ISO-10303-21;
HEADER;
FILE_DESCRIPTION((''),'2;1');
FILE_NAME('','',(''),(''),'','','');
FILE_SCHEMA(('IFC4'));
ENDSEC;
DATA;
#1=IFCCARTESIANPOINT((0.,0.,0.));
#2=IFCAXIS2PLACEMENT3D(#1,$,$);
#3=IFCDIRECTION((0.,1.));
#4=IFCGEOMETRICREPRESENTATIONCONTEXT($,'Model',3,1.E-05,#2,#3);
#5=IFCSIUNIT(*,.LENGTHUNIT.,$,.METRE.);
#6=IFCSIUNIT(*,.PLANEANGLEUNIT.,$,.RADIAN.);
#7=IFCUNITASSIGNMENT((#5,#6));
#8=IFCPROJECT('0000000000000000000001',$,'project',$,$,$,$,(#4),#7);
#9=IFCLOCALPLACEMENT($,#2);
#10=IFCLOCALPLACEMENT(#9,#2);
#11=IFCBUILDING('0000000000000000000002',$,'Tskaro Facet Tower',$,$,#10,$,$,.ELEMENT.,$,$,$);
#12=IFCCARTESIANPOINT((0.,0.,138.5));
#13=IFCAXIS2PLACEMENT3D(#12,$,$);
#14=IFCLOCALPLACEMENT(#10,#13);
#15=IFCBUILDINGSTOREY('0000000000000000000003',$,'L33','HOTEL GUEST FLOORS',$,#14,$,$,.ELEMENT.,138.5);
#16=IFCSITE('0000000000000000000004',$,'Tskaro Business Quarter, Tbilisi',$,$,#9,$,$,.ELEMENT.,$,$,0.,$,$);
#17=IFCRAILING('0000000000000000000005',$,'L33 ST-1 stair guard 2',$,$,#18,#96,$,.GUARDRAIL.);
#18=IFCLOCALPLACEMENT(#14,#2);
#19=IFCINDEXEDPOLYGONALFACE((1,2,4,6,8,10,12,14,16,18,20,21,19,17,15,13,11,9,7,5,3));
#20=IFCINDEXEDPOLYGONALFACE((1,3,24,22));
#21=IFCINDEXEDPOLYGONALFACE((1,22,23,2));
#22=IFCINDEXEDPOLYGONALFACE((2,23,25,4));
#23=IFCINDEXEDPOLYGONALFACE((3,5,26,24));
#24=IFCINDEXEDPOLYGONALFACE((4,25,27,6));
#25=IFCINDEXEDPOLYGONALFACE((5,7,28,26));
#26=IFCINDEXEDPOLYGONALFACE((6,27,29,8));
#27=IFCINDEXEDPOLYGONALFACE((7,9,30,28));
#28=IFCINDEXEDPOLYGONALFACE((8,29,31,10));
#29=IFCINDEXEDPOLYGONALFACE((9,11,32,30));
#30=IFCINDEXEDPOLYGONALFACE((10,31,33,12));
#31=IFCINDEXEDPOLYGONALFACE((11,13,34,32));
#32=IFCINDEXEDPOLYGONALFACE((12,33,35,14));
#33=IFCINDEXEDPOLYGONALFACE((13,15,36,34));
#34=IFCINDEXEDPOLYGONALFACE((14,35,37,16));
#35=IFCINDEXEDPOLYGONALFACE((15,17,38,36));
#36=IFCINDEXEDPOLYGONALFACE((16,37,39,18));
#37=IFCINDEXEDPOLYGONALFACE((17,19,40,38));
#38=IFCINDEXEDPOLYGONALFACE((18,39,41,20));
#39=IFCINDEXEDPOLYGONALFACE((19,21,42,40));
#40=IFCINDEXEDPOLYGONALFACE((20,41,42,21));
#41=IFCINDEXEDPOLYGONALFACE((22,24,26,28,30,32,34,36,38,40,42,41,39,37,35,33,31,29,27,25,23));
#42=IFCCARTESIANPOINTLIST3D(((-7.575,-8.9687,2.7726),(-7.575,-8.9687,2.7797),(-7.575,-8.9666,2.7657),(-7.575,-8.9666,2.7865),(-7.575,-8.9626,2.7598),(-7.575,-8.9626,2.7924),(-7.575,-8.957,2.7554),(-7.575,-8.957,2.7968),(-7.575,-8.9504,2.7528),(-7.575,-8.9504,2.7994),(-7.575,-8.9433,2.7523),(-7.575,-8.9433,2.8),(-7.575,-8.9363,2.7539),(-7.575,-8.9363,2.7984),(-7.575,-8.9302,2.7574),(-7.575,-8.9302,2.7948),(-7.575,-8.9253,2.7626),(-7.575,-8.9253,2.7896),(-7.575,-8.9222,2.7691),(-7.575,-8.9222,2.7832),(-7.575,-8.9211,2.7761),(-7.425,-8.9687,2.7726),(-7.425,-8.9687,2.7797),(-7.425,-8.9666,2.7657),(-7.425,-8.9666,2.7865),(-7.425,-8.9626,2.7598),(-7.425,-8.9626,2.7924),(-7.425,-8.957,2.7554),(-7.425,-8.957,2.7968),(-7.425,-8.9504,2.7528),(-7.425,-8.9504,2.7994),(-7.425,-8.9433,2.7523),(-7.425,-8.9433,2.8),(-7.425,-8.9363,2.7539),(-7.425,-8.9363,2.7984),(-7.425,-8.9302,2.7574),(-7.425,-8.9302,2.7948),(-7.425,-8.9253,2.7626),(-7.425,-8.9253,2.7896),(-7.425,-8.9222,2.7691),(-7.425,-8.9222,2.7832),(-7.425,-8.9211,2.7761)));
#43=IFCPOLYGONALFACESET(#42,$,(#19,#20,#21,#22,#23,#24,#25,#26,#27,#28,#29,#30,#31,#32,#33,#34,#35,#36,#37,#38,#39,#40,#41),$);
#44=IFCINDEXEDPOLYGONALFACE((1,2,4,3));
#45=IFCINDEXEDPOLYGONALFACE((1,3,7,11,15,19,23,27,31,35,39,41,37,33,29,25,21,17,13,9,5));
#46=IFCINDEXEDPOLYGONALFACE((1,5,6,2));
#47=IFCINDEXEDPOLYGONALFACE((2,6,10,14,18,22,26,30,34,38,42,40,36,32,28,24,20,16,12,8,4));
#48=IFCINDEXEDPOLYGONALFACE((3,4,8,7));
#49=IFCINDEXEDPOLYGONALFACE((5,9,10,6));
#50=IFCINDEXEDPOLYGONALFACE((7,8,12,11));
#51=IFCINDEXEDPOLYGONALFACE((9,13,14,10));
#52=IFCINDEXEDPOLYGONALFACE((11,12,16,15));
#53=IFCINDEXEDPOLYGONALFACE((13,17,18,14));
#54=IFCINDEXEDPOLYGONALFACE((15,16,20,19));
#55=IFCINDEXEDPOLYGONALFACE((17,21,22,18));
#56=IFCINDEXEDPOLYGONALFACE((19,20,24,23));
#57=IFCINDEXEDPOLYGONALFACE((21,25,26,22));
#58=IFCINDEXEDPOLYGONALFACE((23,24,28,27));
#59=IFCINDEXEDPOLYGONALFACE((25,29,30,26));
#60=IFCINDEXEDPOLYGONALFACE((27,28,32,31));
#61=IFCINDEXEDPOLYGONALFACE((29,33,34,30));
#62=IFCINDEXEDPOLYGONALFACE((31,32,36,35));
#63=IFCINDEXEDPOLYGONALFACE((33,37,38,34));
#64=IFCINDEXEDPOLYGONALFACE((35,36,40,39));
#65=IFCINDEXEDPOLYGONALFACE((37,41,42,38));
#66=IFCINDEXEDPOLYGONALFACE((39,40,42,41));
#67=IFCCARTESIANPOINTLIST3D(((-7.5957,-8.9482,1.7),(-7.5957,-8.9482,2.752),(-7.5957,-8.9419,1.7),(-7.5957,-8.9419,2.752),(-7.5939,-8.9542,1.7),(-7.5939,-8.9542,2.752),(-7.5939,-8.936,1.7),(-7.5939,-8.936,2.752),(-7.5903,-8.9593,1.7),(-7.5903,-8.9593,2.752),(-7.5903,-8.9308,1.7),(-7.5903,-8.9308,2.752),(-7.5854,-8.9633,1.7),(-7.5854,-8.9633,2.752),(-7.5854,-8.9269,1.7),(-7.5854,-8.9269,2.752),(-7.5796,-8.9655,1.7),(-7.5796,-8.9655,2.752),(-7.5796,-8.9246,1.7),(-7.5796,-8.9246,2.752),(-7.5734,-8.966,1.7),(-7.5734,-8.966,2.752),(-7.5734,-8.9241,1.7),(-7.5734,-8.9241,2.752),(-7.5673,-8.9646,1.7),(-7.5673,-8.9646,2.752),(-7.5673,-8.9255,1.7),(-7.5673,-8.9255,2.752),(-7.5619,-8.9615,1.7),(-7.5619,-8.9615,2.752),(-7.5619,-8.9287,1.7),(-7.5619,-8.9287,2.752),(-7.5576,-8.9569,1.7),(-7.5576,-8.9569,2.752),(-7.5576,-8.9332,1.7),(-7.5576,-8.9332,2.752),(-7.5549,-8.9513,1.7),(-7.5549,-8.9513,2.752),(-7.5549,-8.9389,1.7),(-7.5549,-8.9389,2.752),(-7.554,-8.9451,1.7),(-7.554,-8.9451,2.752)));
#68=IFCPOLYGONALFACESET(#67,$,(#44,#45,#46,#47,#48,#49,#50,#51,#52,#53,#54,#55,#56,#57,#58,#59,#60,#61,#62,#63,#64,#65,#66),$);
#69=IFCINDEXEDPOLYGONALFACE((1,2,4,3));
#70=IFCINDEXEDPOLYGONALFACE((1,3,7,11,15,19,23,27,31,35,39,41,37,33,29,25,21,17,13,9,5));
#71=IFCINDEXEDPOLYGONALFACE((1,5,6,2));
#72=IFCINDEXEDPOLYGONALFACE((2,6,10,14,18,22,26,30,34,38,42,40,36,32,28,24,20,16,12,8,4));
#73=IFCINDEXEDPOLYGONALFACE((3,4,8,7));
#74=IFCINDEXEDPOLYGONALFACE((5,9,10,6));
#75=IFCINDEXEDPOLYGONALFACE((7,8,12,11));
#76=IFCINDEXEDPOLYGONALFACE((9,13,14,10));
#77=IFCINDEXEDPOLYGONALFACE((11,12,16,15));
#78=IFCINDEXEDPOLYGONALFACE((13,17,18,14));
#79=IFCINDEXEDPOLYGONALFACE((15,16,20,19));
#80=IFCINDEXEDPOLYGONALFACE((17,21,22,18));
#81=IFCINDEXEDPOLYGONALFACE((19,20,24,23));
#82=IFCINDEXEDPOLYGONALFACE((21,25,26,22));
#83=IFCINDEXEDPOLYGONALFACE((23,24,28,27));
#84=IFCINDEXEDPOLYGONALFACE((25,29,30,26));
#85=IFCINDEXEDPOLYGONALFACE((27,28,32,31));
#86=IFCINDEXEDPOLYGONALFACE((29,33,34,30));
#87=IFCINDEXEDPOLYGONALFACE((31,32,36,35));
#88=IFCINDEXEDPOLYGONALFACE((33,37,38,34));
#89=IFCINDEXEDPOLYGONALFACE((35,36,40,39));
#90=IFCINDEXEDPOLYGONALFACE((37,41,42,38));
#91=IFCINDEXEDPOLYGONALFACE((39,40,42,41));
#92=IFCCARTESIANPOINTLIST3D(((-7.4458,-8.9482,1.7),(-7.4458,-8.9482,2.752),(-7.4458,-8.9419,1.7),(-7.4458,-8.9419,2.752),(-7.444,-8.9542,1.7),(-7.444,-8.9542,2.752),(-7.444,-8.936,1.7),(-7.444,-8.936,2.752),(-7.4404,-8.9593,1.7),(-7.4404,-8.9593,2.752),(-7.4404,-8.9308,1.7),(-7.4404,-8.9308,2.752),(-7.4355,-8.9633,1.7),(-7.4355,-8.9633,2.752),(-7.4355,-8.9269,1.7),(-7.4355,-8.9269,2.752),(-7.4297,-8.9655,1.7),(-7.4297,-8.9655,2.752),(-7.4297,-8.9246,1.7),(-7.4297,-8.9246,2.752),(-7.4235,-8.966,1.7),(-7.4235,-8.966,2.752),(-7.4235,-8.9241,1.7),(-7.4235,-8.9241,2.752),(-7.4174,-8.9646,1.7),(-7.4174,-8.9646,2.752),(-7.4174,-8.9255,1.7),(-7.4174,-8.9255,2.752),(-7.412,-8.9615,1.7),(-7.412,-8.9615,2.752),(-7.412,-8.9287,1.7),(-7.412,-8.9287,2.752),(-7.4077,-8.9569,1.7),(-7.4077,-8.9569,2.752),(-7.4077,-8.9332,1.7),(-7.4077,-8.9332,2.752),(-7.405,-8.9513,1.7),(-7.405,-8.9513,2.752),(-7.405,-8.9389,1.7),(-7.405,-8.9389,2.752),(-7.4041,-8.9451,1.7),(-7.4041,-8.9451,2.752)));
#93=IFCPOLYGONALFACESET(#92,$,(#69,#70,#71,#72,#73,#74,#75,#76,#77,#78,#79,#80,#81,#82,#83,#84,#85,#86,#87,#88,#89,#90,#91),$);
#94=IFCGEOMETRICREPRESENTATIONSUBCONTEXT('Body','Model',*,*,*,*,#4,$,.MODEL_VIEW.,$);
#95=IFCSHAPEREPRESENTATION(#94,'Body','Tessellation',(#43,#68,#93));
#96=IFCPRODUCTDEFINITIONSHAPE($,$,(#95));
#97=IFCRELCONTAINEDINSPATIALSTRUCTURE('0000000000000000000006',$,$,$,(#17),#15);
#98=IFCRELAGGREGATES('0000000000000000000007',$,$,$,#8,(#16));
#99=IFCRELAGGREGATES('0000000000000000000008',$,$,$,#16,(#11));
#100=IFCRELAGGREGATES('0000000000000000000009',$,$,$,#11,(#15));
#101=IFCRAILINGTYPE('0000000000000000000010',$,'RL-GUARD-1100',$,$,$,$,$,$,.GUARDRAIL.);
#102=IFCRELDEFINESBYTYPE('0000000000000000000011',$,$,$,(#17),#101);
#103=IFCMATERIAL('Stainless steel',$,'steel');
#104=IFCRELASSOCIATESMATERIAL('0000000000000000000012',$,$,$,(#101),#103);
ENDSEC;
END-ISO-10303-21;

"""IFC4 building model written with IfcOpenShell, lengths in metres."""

from ifc_helpers import new_model, si_unit, direction, frame, origin, origin_2d, place, context, subcontext, project, spatial, circle, extrude, material, type_object, element, save


model = new_model("IFC4")

# Units and contexts
model_context = context("Model", 3, precision=1e-05, world=origin(), true_north=direction((0.0, 1.0)))
body_context = subcontext(model_context, "Body", "Model", "MODEL_VIEW")
ifc_project = project(units=[si_unit("LENGTHUNIT", "METRE"), si_unit("PLANEANGLEUNIT", "RADIAN")], contexts=[model_context])

# Site, building, storey
site_placement = place(None, origin())
site = spatial("IfcSite", under=ifc_project, at=site_placement, Name="Tskaro Business Quarter, Tbilisi", CompositionType="ELEMENT", RefElevation=0.0)
building_placement = place(site_placement, origin())
building = spatial("IfcBuilding", under=site, at=building_placement, Name="Tskaro Facet Tower", CompositionType="ELEMENT")
storey_placement = place(building_placement, frame((0.0, 0.0, 138.5)))
storey = spatial("IfcBuildingStorey", under=building, at=storey_placement, Name="L33", Description="HOTEL GUEST FLOORS", CompositionType="ELEMENT", Elevation=138.5)

# Shared definitions
ifc_material_1 = material(Name="Stainless steel", Category="steel")

# Railing
railing_type_1 = type_object("IfcRailingType", Name="RL-GUARD-1100", PredefinedType="GUARDRAIL", material=ifc_material_1)
railing_1_placement = place(storey_placement, frame((-7.575, -8.9451, 1.7)))
element("IfcRailing", 1, at=railing_1_placement, inside=storey, type_object=railing_type_1, Name="L33 ST-1 stair guard 2", PredefinedType="GUARDRAIL", context=body_context, shape_type="SweptSolid", body=[
    extrude(circle(Radius=0.0239, at=origin_2d()), frame((0.0, 0.0, 1.0762), z_axis=(1.0, 0.0, 0.0), x_axis=(0.0, 1.0, 0.0)), (0.0, 0.0, 1.0), 0.1499),
    extrude(circle(Radius=0.021, at=origin_2d()), origin(), (0.0, 0.0, 1.0), 1.052),
    extrude(circle(Radius=0.021, at=origin_2d()), frame((0.1499, 0.0, 0.0)), (0.0, 0.0, 1.0), 1.052),
])

save(model, "model.ifc")
